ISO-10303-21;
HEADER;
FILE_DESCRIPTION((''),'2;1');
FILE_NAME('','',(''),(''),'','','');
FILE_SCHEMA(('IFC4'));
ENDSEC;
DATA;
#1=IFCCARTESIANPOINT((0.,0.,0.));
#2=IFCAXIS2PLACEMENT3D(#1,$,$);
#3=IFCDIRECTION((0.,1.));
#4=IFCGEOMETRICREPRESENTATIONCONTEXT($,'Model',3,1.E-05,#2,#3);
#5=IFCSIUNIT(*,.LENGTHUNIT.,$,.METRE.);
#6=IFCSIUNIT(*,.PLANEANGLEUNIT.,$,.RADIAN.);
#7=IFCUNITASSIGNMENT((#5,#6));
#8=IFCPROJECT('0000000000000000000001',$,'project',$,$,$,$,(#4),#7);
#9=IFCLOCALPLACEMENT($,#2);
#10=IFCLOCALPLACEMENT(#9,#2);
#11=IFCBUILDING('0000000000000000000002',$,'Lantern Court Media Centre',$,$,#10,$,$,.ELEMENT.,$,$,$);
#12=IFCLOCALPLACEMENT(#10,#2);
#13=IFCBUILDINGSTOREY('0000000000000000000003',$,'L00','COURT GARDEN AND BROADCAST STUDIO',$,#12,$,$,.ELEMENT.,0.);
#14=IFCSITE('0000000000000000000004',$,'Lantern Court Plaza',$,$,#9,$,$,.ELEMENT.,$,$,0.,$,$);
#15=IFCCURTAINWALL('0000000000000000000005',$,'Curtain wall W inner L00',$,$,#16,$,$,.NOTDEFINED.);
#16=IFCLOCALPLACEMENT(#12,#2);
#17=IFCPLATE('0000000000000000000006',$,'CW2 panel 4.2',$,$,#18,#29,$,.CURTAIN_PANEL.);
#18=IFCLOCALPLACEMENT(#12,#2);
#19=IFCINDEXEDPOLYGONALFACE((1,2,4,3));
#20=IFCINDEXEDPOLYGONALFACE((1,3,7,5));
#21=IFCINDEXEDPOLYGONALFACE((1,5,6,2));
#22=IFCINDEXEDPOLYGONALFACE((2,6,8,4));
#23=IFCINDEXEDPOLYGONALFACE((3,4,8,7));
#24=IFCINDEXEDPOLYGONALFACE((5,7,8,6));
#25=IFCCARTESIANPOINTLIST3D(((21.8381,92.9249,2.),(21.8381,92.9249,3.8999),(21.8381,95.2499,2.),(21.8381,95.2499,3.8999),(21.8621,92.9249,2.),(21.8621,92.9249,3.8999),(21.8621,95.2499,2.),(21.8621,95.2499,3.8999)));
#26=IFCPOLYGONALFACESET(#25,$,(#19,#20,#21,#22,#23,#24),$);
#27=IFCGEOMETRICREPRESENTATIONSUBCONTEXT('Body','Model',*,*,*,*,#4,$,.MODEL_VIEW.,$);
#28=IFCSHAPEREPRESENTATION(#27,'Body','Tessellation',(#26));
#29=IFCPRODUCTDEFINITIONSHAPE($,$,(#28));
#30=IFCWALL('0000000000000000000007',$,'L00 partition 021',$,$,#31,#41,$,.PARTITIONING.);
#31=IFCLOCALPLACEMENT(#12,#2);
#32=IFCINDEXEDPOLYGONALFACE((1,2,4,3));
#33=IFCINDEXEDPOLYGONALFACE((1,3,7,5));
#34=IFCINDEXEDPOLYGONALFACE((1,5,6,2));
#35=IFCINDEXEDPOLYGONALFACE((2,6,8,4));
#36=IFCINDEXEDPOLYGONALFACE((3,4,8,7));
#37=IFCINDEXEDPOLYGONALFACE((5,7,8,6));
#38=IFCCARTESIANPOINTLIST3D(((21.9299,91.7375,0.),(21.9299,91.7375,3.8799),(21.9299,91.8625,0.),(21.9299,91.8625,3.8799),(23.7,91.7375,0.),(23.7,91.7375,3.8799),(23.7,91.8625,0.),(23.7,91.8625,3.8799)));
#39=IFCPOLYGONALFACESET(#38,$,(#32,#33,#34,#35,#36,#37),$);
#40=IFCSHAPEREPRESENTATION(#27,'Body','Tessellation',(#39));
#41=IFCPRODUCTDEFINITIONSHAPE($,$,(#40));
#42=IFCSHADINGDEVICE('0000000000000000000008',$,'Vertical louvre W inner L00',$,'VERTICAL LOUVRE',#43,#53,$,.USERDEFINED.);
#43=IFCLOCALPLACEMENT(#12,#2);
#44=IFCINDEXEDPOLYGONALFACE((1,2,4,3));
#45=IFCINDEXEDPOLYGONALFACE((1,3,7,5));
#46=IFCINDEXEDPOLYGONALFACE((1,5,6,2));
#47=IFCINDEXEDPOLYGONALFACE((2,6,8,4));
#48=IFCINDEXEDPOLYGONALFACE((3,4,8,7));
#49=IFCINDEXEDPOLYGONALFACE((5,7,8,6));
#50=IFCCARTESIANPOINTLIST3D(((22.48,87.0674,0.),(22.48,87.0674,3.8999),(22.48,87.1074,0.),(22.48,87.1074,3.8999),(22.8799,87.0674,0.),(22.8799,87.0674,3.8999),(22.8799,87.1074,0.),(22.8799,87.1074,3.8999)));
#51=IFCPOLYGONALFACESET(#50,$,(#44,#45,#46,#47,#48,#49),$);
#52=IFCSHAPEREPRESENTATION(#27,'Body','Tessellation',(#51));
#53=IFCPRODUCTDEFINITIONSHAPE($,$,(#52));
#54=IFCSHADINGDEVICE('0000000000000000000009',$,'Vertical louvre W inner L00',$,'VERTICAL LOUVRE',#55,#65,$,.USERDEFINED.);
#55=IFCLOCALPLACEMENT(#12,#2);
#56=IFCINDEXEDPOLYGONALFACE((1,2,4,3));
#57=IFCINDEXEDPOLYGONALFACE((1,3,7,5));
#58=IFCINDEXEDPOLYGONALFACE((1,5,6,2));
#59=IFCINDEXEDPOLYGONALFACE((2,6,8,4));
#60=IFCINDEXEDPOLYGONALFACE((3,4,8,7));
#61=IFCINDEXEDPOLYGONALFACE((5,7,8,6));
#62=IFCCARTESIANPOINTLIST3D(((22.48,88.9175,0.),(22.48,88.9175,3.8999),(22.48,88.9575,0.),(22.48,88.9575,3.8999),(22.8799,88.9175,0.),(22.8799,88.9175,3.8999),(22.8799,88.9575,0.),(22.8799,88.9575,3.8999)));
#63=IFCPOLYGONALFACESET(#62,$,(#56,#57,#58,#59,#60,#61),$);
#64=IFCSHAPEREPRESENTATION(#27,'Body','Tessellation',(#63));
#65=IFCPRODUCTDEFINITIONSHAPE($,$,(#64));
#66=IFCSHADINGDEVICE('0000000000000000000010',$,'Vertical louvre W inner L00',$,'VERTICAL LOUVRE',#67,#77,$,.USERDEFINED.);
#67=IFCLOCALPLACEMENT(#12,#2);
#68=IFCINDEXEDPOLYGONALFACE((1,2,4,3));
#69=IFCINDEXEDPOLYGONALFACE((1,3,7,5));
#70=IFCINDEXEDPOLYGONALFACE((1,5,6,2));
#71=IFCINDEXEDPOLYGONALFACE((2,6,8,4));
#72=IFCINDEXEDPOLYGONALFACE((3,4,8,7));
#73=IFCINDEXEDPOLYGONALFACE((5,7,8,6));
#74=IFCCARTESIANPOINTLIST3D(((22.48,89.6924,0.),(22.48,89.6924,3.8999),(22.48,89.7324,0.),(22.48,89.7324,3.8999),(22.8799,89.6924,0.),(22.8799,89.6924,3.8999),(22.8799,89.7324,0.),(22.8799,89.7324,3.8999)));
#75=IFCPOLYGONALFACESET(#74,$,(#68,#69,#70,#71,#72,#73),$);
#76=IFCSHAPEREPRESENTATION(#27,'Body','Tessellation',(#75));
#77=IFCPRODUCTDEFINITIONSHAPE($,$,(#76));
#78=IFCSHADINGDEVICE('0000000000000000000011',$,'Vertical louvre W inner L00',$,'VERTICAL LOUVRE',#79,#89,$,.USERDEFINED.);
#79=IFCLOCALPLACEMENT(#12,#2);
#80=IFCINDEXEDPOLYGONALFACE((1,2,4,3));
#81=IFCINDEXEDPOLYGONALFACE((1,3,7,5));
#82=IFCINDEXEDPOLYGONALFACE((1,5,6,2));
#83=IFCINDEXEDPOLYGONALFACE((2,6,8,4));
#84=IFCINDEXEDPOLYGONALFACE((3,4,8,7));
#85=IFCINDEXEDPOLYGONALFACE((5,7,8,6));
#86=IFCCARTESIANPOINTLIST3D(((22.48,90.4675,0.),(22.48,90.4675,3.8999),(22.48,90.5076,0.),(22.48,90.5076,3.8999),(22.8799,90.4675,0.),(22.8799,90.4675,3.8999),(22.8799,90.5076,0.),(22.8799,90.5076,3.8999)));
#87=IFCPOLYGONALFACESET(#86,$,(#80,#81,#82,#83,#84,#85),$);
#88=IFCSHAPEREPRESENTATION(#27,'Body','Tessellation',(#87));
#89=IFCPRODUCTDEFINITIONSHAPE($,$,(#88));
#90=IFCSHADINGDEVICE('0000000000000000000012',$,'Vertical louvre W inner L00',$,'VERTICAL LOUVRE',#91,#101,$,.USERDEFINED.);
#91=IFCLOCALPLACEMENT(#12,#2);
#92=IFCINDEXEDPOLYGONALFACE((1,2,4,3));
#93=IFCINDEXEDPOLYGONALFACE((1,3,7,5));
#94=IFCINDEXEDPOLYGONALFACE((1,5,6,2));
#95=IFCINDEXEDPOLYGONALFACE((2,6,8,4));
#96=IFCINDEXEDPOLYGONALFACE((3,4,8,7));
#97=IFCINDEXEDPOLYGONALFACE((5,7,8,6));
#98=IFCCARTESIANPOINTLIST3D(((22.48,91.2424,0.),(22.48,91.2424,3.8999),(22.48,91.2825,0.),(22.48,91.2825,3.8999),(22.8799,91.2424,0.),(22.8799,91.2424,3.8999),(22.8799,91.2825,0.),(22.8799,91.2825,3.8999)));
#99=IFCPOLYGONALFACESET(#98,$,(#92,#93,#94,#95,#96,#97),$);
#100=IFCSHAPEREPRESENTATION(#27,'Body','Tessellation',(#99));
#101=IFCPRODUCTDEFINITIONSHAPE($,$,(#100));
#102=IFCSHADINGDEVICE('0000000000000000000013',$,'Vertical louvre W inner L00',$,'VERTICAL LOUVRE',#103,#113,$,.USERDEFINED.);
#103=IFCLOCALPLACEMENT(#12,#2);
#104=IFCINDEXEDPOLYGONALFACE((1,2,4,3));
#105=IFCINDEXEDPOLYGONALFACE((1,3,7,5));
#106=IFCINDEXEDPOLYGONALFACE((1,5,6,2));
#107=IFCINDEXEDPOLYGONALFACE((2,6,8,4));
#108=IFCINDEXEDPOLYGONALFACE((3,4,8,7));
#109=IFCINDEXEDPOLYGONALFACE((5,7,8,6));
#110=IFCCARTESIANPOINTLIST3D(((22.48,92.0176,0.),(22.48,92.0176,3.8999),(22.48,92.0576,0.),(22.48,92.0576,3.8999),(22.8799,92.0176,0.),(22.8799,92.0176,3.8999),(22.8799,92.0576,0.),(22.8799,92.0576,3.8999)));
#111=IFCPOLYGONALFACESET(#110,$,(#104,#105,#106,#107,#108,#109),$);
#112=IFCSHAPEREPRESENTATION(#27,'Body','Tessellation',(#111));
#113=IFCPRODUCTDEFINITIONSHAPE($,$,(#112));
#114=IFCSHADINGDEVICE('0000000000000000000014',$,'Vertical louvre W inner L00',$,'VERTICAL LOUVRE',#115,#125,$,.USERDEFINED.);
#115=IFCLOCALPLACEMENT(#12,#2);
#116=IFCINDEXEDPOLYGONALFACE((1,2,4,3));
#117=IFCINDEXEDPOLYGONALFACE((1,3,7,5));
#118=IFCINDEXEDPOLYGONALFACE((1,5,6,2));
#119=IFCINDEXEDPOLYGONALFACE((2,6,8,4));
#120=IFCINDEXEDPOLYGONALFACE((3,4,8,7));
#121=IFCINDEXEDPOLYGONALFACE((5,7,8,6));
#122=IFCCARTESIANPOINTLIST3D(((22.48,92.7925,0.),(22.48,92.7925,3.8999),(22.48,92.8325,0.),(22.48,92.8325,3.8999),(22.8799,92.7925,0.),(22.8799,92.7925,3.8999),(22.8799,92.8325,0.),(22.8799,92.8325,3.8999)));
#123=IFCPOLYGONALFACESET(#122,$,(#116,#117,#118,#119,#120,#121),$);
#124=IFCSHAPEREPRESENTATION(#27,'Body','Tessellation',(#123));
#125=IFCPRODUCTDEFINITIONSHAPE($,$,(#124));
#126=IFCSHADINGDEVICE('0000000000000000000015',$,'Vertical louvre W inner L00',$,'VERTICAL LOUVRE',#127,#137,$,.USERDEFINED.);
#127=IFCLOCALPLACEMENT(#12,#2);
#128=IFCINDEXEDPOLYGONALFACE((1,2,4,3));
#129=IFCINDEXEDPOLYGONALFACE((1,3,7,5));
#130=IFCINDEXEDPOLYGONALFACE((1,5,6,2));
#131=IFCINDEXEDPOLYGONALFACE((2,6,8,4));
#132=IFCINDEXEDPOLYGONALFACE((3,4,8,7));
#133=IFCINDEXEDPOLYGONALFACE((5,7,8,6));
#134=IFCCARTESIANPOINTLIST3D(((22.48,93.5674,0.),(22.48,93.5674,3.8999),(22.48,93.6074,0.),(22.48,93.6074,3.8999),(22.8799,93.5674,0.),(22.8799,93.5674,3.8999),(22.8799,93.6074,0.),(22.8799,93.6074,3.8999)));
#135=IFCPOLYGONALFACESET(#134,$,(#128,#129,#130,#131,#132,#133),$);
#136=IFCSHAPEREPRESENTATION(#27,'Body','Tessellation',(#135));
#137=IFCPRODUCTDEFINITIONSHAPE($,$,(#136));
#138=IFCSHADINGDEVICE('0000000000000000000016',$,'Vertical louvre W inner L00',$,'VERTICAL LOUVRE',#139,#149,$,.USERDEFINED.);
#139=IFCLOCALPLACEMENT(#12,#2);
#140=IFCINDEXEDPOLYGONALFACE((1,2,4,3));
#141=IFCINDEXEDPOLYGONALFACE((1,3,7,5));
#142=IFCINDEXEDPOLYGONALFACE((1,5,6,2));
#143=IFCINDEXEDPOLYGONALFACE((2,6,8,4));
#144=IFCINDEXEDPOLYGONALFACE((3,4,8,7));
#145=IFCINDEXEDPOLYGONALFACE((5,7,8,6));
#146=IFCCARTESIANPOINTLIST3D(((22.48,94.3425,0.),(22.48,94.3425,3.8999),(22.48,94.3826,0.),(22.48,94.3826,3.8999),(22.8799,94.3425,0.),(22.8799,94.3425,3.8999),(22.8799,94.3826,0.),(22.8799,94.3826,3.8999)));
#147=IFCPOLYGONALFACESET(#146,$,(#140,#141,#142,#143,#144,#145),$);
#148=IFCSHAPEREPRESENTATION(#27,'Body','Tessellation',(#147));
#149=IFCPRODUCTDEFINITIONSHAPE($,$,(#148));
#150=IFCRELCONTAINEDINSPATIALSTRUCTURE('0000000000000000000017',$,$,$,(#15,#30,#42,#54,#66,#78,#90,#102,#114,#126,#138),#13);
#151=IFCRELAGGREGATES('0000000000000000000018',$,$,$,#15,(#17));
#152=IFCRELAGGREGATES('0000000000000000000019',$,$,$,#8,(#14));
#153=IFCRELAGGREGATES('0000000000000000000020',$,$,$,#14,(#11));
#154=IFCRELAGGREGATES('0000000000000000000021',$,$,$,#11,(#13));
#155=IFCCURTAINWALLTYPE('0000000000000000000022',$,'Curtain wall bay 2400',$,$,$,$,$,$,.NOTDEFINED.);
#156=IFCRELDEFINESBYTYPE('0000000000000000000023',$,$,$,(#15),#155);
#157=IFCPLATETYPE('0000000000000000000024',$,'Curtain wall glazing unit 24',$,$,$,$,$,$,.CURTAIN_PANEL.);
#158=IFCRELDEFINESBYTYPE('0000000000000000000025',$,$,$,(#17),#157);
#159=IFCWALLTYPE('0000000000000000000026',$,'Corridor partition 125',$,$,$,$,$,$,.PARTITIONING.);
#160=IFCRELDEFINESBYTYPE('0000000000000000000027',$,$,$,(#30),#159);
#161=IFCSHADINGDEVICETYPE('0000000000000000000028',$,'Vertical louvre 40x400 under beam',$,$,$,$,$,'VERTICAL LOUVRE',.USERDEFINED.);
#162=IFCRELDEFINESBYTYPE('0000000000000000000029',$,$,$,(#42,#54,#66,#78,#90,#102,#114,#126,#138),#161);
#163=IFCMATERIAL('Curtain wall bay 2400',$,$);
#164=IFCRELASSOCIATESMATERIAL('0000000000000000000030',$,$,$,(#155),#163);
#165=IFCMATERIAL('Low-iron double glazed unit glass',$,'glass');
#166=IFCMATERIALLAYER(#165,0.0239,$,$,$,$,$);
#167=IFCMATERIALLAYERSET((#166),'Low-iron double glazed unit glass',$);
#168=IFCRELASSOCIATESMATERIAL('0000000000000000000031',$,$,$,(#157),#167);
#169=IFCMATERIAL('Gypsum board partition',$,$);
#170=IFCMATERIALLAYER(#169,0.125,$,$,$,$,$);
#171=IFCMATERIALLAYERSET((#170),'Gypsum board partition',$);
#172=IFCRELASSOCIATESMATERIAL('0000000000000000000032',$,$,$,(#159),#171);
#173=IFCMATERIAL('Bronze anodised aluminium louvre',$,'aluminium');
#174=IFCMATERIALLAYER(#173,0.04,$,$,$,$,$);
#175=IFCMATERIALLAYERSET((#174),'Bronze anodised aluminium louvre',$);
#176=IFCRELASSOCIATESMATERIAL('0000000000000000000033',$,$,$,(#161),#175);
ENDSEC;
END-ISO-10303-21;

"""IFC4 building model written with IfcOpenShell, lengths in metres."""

from ifc_helpers import new_model, si_unit, direction, frame, frame_2d, origin, origin_2d, place, context, subcontext, project, spatial, rectangle, extrude, material, layer, layer_set, type_object, element, aggregate, save


model = new_model("IFC4")

# Units and contexts
model_context = context("Model", 3, precision=1e-05, world=origin(), true_north=direction((0.0, 1.0)))
body_context = subcontext(model_context, "Body", "Model", "MODEL_VIEW")
ifc_project = project(units=[si_unit("LENGTHUNIT", "METRE"), si_unit("PLANEANGLEUNIT", "RADIAN")], contexts=[model_context])

# Site, building, storey
site_placement = place(None, origin())
site = spatial("IfcSite", under=ifc_project, at=site_placement, Name="Lantern Court Plaza", CompositionType="ELEMENT", RefElevation=0.0)
building_placement = place(site_placement, origin())
building = spatial("IfcBuilding", under=site, at=building_placement, Name="Lantern Court Media Centre", CompositionType="ELEMENT")
storey_placement = place(building_placement, origin())
storey = spatial("IfcBuildingStorey", under=building, at=storey_placement, Name="L00", Description="COURT GARDEN AND BROADCAST STUDIO", CompositionType="ELEMENT", Elevation=0.0)

# Curtain wall
ifc_material_1 = material(Name="Curtain wall bay 2400")
curtain_wall_type = type_object("IfcCurtainWallType", Name="Curtain wall bay 2400", PredefinedType="NOTDEFINED", material=ifc_material_1)
curtain_wall_placement = place(storey_placement, origin())
curtain_wall = element("IfcCurtainWall", 1, at=curtain_wall_placement, inside=storey, type_object=curtain_wall_type, Name="Curtain wall W inner L00", PredefinedType="NOTDEFINED")

# Plate
ifc_material_2 = material(Name="Low-iron double glazed unit glass", Category="glass")
ifc_layer_1 = layer(ifc_material_2, 0.0239)
ifc_layer_set_1 = layer_set([ifc_layer_1], Name="Low-iron double glazed unit glass")
plate_type = type_object("IfcPlateType", Name="Curtain wall glazing unit 24", PredefinedType="CURTAIN_PANEL", material=ifc_layer_set_1)
plate_1_placement = place(storey_placement, frame((21.8501, 94.0874, 2.0), z_axis=(0.0, 0.0, 1.0), x_axis=(0.0, 1.0, 0.0)))
plate_1 = element("IfcPlate", 2, at=plate_1_placement, type_object=plate_type, Name="CW2 panel 4.2", PredefinedType="CURTAIN_PANEL", context=body_context, shape_type="SweptSolid", body=[
    extrude(rectangle(XDim=2.325, YDim=0.0239, at=origin_2d()), origin(), (0.0, 0.0, 1.0), 1.8999),
])
aggregate(curtain_wall, [plate_1])

# Wall
ifc_material_3 = material(Name="Gypsum board partition")
ifc_layer_2 = layer(ifc_material_3, 0.125)
ifc_layer_set_2 = layer_set([ifc_layer_2], Name="Gypsum board partition")
wall_type = type_object("IfcWallType", Name="Corridor partition 125", PredefinedType="PARTITIONING", material=ifc_layer_set_2)
wall_placement = place(storey_placement, frame((21.9299, 91.8, 0.0), z_axis=(0.0, 0.0, 1.0), x_axis=(1.0, 0.0, 0.0)))
element("IfcWall", 3, at=wall_placement, inside=storey, type_object=wall_type, Name="L00 partition 021", PredefinedType="PARTITIONING", context=body_context, shape_type="SweptSolid", body=[
    extrude(rectangle(XDim=1.77, YDim=0.125, at=frame_2d((0.885, 0.0))), origin(), (0.0, 0.0, 1.0), 3.8799),
])

# Shading devices
ifc_material_4 = material(Name="Bronze anodised aluminium louvre", Category="aluminium")
ifc_layer_3 = layer(ifc_material_4, 0.04)
ifc_layer_set_3 = layer_set([ifc_layer_3], Name="Bronze anodised aluminium louvre")
shading_device_type = type_object("IfcShadingDeviceType", Name="Vertical louvre 40x400 under beam", ElementType="VERTICAL LOUVRE", PredefinedType="USERDEFINED", material=ifc_layer_set_3)
for number, where, z_axis, x_axis, name in (
    (4, (22.6799, 87.0874, 0.0), (0.0, 0.0, 1.0), (1.0, 0.0, 0.0), "Vertical louvre W inner L00"),
    (5, (22.6799, 88.9375, 0.0), (0.0, 0.0, 1.0), (1.0, 0.0, 0.0), "Vertical louvre W inner L00"),
    (6, (22.6799, 89.7124, 0.0), (0.0, 0.0, 1.0), (1.0, 0.0, 0.0), "Vertical louvre W inner L00"),
    (7, (22.6799, 90.4875, 0.0), (0.0, 0.0, 1.0), (1.0, 0.0, 0.0), "Vertical louvre W inner L00"),
    (8, (22.6799, 91.2625, 0.0), (0.0, 0.0, 1.0), (1.0, 0.0, 0.0), "Vertical louvre W inner L00"),
    (9, (22.6799, 92.0376, 0.0), (0.0, 0.0, 1.0), (1.0, 0.0, 0.0), "Vertical louvre W inner L00"),
    (10, (22.6799, 92.8125, 0.0), (0.0, 0.0, 1.0), (1.0, 0.0, 0.0), "Vertical louvre W inner L00"),
    (11, (22.6799, 93.5874, 0.0), (0.0, 0.0, 1.0), (1.0, 0.0, 0.0), "Vertical louvre W inner L00"),
    (12, (22.6799, 94.3625, 0.0), (0.0, 0.0, 1.0), (1.0, 0.0, 0.0), "Vertical louvre W inner L00"),
):
    element("IfcShadingDevice", number, at=place(storey_placement, frame(where, z_axis=z_axis, x_axis=x_axis)), inside=storey, type_object=shading_device_type, Name=name, ObjectType="VERTICAL LOUVRE", PredefinedType="USERDEFINED", context=body_context, shape_type="SweptSolid", body=[
        extrude(rectangle(XDim=0.3999, YDim=0.04, at=origin_2d()), origin(), (0.0, 0.0, 1.0), 3.8999),
    ])

save(model, "model.ifc")
